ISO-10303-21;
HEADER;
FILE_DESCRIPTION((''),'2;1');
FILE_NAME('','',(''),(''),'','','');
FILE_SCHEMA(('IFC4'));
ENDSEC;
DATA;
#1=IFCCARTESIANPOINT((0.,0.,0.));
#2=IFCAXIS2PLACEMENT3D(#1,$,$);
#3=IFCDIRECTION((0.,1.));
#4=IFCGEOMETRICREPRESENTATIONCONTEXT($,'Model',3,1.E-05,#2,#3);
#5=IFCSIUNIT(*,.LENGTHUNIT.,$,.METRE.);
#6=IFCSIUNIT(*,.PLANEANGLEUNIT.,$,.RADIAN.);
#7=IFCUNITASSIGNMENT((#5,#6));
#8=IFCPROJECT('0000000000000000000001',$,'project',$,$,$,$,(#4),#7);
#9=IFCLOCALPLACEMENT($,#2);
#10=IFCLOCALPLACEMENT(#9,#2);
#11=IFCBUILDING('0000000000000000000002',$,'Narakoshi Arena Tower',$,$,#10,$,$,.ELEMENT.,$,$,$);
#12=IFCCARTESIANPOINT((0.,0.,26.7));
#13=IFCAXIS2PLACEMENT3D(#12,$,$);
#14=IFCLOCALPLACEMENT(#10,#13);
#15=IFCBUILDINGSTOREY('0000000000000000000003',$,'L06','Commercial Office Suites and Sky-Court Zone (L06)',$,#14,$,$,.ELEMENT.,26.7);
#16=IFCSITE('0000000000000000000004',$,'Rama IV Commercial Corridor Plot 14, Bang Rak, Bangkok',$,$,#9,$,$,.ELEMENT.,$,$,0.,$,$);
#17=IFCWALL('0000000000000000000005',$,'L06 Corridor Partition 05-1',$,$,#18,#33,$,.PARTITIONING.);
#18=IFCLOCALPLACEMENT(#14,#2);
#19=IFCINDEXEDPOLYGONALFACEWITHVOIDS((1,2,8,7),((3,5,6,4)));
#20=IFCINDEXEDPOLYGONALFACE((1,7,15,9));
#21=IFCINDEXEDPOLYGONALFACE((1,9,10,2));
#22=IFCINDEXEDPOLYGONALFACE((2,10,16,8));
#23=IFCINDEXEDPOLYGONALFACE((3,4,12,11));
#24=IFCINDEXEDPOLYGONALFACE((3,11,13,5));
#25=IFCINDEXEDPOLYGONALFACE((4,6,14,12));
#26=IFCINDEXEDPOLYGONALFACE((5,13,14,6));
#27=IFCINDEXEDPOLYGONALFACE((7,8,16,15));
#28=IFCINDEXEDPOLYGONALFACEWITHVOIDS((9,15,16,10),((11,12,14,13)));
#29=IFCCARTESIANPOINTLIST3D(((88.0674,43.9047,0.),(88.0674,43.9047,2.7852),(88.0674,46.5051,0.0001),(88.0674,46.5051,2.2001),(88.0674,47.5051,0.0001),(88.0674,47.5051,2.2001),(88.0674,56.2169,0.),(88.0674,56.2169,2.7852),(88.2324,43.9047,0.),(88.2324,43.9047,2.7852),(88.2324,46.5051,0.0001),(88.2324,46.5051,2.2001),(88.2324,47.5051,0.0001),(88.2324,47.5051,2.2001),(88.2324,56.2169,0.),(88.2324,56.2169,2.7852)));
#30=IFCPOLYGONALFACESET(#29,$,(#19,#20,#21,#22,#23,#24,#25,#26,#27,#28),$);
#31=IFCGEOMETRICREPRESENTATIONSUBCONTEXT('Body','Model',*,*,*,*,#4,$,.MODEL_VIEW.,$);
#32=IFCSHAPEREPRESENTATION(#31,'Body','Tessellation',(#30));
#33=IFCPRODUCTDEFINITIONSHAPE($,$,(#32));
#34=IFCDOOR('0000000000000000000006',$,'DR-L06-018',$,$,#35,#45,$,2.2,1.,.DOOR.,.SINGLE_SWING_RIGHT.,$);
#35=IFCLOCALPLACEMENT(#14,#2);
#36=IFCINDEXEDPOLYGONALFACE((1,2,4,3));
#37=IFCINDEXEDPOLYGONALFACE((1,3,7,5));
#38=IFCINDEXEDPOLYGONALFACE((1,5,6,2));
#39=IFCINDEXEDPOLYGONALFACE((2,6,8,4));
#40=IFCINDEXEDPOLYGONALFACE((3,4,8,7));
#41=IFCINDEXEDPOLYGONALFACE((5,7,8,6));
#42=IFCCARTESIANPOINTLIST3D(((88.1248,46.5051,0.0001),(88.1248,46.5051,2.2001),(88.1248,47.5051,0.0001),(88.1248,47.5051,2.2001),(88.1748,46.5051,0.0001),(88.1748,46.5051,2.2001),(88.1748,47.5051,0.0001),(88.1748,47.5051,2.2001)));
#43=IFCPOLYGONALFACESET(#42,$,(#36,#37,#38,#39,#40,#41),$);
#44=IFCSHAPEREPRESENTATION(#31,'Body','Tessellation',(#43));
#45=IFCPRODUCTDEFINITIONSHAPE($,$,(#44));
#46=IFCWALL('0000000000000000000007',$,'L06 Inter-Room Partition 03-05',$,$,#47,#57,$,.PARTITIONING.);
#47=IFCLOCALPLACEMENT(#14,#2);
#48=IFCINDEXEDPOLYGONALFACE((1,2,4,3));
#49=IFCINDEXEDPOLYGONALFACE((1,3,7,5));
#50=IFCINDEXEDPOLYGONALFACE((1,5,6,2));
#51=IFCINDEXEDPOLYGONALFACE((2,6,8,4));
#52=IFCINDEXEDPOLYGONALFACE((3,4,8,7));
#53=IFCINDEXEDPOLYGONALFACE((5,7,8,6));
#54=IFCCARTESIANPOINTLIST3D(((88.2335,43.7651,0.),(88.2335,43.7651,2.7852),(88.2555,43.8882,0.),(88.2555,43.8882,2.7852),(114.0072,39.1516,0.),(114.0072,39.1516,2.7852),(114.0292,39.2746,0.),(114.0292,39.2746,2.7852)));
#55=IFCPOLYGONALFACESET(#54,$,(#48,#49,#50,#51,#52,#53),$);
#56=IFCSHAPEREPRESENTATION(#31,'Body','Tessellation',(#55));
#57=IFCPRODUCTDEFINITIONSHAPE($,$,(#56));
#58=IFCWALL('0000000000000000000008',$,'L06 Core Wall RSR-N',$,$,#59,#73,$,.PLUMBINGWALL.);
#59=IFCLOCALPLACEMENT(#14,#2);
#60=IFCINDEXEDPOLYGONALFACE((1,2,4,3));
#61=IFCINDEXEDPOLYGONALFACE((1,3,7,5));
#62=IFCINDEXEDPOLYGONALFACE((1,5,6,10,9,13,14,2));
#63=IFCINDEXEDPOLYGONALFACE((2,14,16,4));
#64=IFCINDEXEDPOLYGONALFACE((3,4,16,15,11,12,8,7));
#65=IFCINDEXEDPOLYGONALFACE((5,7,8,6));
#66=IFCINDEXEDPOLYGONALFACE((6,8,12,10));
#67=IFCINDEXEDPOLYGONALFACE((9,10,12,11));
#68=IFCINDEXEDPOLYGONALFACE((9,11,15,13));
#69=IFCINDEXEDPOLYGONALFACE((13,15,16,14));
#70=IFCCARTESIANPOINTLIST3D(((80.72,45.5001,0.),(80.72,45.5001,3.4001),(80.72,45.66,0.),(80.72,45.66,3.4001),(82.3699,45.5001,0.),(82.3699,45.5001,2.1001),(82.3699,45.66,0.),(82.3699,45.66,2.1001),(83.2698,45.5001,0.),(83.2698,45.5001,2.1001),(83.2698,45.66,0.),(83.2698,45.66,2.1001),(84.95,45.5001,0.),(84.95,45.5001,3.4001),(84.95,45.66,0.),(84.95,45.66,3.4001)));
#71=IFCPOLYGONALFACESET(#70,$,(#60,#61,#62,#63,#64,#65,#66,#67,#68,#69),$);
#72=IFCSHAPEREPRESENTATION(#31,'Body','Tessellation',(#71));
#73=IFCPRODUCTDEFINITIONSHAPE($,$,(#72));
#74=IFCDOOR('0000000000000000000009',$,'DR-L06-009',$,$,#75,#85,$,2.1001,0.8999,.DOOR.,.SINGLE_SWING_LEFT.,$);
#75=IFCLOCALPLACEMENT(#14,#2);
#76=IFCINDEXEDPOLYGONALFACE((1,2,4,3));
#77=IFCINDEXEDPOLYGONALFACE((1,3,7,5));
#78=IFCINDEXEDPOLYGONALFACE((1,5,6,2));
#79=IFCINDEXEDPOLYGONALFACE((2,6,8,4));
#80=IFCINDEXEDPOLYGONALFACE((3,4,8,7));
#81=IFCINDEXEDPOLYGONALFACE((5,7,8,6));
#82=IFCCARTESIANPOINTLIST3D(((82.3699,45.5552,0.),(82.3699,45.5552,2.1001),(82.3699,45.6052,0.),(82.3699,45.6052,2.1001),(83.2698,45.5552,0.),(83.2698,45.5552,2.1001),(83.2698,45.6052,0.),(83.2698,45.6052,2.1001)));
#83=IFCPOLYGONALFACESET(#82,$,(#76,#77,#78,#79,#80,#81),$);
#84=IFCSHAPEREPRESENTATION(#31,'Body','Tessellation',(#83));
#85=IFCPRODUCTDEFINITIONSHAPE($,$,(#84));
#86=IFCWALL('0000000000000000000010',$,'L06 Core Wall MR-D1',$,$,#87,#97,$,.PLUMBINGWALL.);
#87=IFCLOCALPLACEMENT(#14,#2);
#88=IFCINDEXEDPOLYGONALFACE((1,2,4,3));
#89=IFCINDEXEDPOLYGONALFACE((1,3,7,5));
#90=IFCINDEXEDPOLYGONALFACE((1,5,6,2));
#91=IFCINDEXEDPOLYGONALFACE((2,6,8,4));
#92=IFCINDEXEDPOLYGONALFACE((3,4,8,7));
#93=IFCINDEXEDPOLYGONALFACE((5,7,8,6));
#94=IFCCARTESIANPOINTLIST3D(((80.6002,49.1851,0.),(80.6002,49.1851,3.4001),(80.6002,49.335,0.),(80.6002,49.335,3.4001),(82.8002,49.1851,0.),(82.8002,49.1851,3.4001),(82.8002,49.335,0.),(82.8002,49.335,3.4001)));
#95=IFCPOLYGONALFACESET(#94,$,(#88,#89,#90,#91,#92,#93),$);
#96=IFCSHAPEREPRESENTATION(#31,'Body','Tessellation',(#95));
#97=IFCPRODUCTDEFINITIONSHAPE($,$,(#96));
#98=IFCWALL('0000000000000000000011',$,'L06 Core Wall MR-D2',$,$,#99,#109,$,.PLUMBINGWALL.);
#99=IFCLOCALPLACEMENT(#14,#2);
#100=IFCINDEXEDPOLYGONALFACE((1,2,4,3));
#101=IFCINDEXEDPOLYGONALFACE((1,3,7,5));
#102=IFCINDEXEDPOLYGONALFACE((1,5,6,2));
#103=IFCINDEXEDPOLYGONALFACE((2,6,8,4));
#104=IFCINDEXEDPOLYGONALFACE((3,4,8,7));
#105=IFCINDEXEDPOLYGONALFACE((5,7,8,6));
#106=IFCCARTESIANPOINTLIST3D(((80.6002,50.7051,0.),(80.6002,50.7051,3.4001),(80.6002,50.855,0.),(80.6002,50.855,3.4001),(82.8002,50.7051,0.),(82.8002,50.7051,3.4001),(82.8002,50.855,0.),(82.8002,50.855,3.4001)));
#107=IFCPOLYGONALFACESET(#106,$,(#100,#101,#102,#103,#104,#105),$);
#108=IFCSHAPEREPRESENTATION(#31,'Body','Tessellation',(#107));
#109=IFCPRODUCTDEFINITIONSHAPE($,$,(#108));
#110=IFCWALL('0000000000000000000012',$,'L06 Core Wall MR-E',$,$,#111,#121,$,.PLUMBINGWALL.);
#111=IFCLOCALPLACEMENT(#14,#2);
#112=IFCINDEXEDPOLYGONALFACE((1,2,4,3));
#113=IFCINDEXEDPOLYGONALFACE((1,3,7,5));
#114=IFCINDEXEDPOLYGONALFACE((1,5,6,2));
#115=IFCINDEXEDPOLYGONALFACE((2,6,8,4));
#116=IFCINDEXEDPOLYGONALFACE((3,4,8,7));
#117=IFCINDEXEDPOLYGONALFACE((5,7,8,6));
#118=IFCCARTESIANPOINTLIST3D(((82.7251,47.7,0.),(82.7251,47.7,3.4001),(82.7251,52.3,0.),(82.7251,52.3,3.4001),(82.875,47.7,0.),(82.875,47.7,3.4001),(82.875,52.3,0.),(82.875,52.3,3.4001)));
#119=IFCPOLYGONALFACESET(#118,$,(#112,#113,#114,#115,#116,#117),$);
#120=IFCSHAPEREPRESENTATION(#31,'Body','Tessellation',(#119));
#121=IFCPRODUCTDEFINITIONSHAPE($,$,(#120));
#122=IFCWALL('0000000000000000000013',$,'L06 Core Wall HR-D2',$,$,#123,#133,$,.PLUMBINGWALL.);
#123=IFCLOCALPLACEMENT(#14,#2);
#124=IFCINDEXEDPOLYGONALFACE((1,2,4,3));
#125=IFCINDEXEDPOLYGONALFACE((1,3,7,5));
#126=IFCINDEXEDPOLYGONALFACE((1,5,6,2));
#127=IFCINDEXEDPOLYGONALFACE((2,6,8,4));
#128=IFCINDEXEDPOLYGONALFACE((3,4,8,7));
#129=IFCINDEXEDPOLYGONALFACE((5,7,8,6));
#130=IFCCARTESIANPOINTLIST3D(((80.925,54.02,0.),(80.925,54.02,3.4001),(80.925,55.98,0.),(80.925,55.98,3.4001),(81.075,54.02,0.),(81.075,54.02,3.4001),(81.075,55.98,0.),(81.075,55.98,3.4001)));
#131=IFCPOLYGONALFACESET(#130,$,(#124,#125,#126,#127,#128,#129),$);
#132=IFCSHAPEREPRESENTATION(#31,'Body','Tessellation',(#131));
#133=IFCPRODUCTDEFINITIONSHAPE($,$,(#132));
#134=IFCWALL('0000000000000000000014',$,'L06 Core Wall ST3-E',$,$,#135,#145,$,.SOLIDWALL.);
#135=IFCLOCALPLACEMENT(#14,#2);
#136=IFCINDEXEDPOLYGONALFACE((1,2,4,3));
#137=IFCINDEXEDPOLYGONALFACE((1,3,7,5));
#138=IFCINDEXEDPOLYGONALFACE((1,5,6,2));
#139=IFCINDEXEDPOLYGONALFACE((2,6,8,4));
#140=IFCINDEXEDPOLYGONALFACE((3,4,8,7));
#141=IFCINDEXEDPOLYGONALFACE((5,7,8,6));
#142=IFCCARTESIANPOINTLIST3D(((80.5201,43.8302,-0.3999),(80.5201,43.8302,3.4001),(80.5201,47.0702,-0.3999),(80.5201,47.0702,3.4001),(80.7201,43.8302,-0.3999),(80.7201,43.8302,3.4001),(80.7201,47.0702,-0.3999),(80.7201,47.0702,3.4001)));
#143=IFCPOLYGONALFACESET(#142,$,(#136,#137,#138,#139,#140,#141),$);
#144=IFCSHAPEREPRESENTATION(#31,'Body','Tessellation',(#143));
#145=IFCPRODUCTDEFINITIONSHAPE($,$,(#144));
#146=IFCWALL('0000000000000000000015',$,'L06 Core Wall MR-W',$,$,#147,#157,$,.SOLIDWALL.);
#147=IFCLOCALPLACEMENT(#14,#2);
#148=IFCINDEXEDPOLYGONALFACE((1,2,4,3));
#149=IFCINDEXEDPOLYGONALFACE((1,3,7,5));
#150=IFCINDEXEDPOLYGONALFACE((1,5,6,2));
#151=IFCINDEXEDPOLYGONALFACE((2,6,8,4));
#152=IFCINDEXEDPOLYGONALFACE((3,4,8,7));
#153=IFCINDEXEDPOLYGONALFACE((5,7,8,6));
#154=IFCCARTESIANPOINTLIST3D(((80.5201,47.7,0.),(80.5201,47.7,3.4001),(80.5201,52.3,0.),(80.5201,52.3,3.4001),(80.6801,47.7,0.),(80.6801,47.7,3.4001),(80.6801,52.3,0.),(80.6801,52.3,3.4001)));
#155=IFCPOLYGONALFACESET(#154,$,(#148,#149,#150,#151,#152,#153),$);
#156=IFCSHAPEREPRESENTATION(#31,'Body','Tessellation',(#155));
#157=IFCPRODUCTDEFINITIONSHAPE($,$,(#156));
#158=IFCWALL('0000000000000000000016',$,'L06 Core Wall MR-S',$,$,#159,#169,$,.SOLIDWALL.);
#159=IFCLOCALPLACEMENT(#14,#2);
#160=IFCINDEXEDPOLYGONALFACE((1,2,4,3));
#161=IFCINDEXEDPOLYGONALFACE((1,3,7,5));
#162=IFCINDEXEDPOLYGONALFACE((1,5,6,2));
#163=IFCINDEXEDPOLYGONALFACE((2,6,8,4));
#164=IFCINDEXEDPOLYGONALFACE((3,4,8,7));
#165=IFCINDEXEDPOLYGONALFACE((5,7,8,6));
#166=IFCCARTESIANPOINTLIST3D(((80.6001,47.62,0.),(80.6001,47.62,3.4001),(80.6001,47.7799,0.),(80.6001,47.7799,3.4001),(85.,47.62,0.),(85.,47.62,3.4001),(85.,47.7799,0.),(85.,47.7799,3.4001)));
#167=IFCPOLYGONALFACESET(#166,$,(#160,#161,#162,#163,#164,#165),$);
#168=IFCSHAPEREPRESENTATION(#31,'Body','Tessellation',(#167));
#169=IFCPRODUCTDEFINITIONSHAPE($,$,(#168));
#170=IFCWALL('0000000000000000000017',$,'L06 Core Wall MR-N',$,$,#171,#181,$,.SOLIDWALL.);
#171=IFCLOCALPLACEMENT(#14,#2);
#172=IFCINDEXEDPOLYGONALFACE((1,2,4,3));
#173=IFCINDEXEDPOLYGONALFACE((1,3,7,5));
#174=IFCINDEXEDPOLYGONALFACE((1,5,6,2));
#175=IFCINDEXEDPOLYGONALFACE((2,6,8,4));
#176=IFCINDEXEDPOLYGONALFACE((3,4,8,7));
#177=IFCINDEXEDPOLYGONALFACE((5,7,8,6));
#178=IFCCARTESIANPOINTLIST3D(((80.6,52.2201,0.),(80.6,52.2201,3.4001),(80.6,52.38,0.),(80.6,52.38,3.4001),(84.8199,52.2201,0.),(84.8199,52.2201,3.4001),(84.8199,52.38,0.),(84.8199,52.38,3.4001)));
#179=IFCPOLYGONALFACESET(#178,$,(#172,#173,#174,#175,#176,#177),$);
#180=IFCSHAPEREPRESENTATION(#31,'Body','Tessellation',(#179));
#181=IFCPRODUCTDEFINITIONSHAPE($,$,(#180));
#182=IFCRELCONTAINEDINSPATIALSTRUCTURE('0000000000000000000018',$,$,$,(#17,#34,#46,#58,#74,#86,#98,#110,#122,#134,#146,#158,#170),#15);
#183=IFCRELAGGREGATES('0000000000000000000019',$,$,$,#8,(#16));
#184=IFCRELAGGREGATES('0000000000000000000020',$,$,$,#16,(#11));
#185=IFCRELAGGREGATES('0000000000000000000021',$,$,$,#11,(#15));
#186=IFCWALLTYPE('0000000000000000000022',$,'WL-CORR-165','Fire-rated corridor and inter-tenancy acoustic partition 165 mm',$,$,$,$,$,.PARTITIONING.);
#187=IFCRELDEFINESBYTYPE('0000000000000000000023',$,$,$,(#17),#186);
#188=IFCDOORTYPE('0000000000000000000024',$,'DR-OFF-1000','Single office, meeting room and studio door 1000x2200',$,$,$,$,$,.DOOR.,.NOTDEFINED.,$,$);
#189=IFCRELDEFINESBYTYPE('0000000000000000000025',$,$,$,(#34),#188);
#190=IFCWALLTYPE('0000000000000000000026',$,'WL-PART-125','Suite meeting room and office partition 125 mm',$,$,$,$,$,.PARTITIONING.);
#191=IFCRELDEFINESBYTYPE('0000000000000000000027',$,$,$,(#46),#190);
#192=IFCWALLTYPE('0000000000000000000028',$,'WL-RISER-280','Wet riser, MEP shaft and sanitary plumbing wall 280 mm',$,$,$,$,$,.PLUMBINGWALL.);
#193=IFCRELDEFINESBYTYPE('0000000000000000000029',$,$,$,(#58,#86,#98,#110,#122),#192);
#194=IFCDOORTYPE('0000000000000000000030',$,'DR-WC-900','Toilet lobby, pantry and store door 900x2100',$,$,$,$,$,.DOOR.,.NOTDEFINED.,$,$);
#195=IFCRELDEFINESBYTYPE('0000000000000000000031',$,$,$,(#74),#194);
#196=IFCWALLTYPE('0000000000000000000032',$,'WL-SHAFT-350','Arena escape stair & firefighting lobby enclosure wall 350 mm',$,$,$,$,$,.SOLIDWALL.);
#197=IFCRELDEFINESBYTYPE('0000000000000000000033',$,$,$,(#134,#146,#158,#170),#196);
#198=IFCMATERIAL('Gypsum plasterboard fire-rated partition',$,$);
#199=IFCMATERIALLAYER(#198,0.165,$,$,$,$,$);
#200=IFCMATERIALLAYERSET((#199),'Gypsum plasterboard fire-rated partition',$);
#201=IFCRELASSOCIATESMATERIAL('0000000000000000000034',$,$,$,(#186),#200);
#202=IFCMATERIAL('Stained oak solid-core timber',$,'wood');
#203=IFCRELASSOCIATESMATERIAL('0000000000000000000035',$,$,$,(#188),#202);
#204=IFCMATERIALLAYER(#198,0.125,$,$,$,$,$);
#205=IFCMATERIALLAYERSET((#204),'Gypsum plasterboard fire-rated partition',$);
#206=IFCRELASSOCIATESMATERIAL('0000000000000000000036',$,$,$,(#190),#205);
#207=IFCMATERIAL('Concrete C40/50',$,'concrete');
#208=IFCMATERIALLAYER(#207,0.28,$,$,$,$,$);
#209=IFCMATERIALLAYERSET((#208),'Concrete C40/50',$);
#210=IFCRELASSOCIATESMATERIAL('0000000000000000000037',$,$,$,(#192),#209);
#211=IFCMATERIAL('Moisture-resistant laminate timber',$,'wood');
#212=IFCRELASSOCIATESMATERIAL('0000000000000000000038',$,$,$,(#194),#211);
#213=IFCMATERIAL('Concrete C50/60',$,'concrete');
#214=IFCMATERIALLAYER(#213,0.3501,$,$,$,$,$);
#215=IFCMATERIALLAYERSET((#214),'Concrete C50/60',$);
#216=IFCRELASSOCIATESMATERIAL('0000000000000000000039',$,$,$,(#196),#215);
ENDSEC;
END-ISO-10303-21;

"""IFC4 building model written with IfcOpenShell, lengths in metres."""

from ifc_helpers import new_model, si_unit, direction, frame, frame_2d, origin, place, context, subcontext, project, spatial, rectangle, extrude, material, layer, layer_set, type_object, element, fill, save


model = new_model("IFC4")

# Units and contexts
model_context = context("Model", 3, precision=1e-05, world=origin(), true_north=direction((0.0, 1.0)))
body_context = subcontext(model_context, "Body", "Model", "MODEL_VIEW")
ifc_project = project(units=[si_unit("LENGTHUNIT", "METRE"), si_unit("PLANEANGLEUNIT", "RADIAN")], contexts=[model_context])

# Site, building, storey
site_placement = place(None, origin())
site = spatial("IfcSite", under=ifc_project, at=site_placement, Name="Rama IV Commercial Corridor Plot 14, Bang Rak, Bangkok", CompositionType="ELEMENT", RefElevation=0.0)
building_placement = place(site_placement, origin())
building = spatial("IfcBuilding", under=site, at=building_placement, Name="Narakoshi Arena Tower", CompositionType="ELEMENT")
storey_placement = place(building_placement, frame((0.0, 0.0, 26.7)))
storey = spatial("IfcBuildingStorey", under=building, at=storey_placement, Name="L06", Description="Commercial Office Suites and Sky-Court Zone (L06)", CompositionType="ELEMENT", Elevation=26.7)

# Wall, opening, door
ifc_material_1 = material(Name="Gypsum plasterboard fire-rated partition")
ifc_layer_1 = layer(ifc_material_1, 0.165)
ifc_layer_set_1 = layer_set([ifc_layer_1], Name="Gypsum plasterboard fire-rated partition")
wall_type_1 = type_object("IfcWallType", Name="WL-CORR-165", Description="Fire-rated corridor and inter-tenancy acoustic partition 165 mm", PredefinedType="PARTITIONING", material=ifc_layer_set_1)
ifc_material_2 = material(Name="Stained oak solid-core timber", Category="wood")
door_type_1 = type_object("IfcDoorType", Name="DR-OFF-1000", Description="Single office, meeting room and studio door 1000x2200", OperationType="NOTDEFINED", PredefinedType="DOOR", material=ifc_material_2)
wall_1_placement = place(storey_placement, frame((88.1499, 43.9045, 0.0), z_axis=(0.0, 0.0, 1.0), x_axis=(0.0, 1.0, 0.0)))
wall_1 = element("IfcWall", 1, at=wall_1_placement, inside=storey, type_object=wall_type_1, Name="L06 Corridor Partition 05-1", PredefinedType="PARTITIONING", context=body_context, shape_type="SweptSolid", body=[
    extrude(rectangle(XDim=12.3123, YDim=0.165, at=frame_2d((6.1562, 0.0))), origin(), (0.0, 0.0, 1.0), 2.7852),
])
opening_1_placement = place(wall_1_placement, frame((2.6006, 0.0, 0.0)))
opening_1 = element("IfcOpeningElement", 2, at=opening_1_placement, cuts=wall_1, PredefinedType="OPENING", context=body_context, shape_type="SweptSolid", body=[
    extrude(rectangle(XDim=1.0, YDim=2.2, at=frame_2d((0.5, 1.1001))), frame((0.0, 0.0925, 0.0), z_axis=(0.0, -1.0, 0.0), x_axis=(1.0, 0.0, 0.0)), (0.0, 0.0, 1.0), 0.1851),
])
door_1_placement = place(opening_1_placement, frame((1.0, 0.0, 0.0), z_axis=(0.0, 0.0, 1.0), x_axis=(-1.0, 0.0, 0.0)))
door_1 = element("IfcDoor", 3, at=door_1_placement, inside=storey, type_object=door_type_1, Name="DR-L06-018", OperationType="SINGLE_SWING_RIGHT", OverallHeight=2.2, OverallWidth=1.0, PredefinedType="DOOR", context=body_context, shape_type="SweptSolid", body=[
    extrude(rectangle(XDim=1.0, YDim=2.2, at=frame_2d((0.5, 1.1001))), frame((0.0, 0.0249, 0.0), z_axis=(0.0, -1.0, 0.0), x_axis=(1.0, 0.0, 0.0)), (0.0, 0.0, 1.0), 0.05),
])
fill(opening_1, door_1)

# Wall
ifc_layer_2 = layer(ifc_material_1, 0.125)
ifc_layer_set_2 = layer_set([ifc_layer_2], Name="Gypsum plasterboard fire-rated partition")
wall_type_2 = type_object("IfcWallType", Name="WL-PART-125", Description="Suite meeting room and office partition 125 mm", PredefinedType="PARTITIONING", material=ifc_layer_set_2)
wall_2_placement = place(storey_placement, frame((88.2444, 43.8267, 0.0), z_axis=(0.0, 0.0, 1.0), x_axis=(0.984354, -0.176201, 0.0)))
element("IfcWall", 4, at=wall_2_placement, inside=storey, type_object=wall_type_2, Name="L06 Inter-Room Partition 03-05", PredefinedType="PARTITIONING", context=body_context, shape_type="SweptSolid", body=[
    extrude(rectangle(XDim=26.1833, YDim=0.125, at=frame_2d((13.0918, 0.0))), origin(), (0.0, 0.0, 1.0), 2.7852),
])

# Wall, opening, door
ifc_material_3 = material(Name="Concrete C40/50", Category="concrete")
ifc_layer_3 = layer(ifc_material_3, 0.28)
ifc_layer_set_3 = layer_set([ifc_layer_3], Name="Concrete C40/50")
wall_type_3 = type_object("IfcWallType", Name="WL-RISER-280", Description="Wet riser, MEP shaft and sanitary plumbing wall 280 mm", PredefinedType="PLUMBINGWALL", material=ifc_layer_set_3)
wall_3_placement = place(storey_placement, frame((80.72, 45.5801, 0.0), z_axis=(0.0, 0.0, 1.0), x_axis=(1.0, 0.0, 0.0)))
wall_3 = element("IfcWall", 5, at=wall_3_placement, inside=storey, type_object=wall_type_3, Name="L06 Core Wall RSR-N", PredefinedType="PLUMBINGWALL", context=body_context, shape_type="SweptSolid", body=[
    extrude(rectangle(XDim=4.23, YDim=0.1599, at=frame_2d((2.115, 0.0))), origin(), (0.0, 0.0, 1.0), 3.4001),
])
opening_2_placement = place(wall_3_placement, frame((1.6499, 0.0, 0.0)))
opening_2 = element("IfcOpeningElement", 6, at=opening_2_placement, cuts=wall_3, PredefinedType="OPENING", context=body_context, shape_type="SweptSolid", body=[
    extrude(rectangle(XDim=0.8999, YDim=2.1001, at=frame_2d((0.45, 1.05))), frame((0.0, 0.0898, 0.0), z_axis=(0.0, -1.0, 0.0), x_axis=(1.0, 0.0, 0.0)), (0.0, 0.0, 1.0), 0.1799),
])
ifc_material_4 = material(Name="Moisture-resistant laminate timber", Category="wood")
door_type_2 = type_object("IfcDoorType", Name="DR-WC-900", Description="Toilet lobby, pantry and store door 900x2100", OperationType="NOTDEFINED", PredefinedType="DOOR", material=ifc_material_4)
door_2_placement = place(opening_2_placement, frame((0.8999, 0.0, 0.0), z_axis=(0.0, 0.0, 1.0), x_axis=(-1.0, 0.0, 0.0)))
door_2 = element("IfcDoor", 7, at=door_2_placement, inside=storey, type_object=door_type_2, Name="DR-L06-009", OperationType="SINGLE_SWING_LEFT", OverallHeight=2.1001, OverallWidth=0.8999, PredefinedType="DOOR", context=body_context, shape_type="SweptSolid", body=[
    extrude(rectangle(XDim=0.8999, YDim=2.1001, at=frame_2d((0.45, 1.05))), frame((0.0, 0.0249, 0.0), z_axis=(0.0, -1.0, 0.0), x_axis=(1.0, 0.0, 0.0)), (0.0, 0.0, 1.0), 0.05),
])
fill(opening_2, door_2)

# Walls
for number, where, z_axis, x_axis, name in (
    (8, (80.6001, 49.26, 0.0), (0.0, 0.0, 1.0), (1.0, 0.0, 0.0), "L06 Core Wall MR-D1"),
    (9, (80.6001, 50.78, 0.0), (0.0, 0.0, 1.0), (1.0, 0.0, 0.0), "L06 Core Wall MR-D2"),
):
    element("IfcWall", number, at=place(storey_placement, frame(where, z_axis=z_axis, x_axis=x_axis)), inside=storey, type_object=wall_type_3, Name=name, PredefinedType="PLUMBINGWALL", context=body_context, shape_type="SweptSolid", body=[
        extrude(rectangle(XDim=2.2, YDim=0.1499, at=frame_2d((1.1001, 0.0))), origin(), (0.0, 0.0, 1.0), 3.4001),
    ])
wall_4_placement = place(storey_placement, frame((82.8, 47.7, 0.0), z_axis=(0.0, 0.0, 1.0), x_axis=(0.0, 1.0, 0.0)))
element("IfcWall", 10, at=wall_4_placement, inside=storey, type_object=wall_type_3, Name="L06 Core Wall MR-E", PredefinedType="PLUMBINGWALL", context=body_context, shape_type="SweptSolid", body=[
    extrude(rectangle(XDim=4.6001, YDim=0.1499, at=frame_2d((2.3, 0.0))), origin(), (0.0, 0.0, 1.0), 3.4001),
])
wall_5_placement = place(storey_placement, frame((81.0, 54.02, 0.0), z_axis=(0.0, 0.0, 1.0), x_axis=(0.0, 1.0, 0.0)))
element("IfcWall", 11, at=wall_5_placement, inside=storey, type_object=wall_type_3, Name="L06 Core Wall HR-D2", PredefinedType="PLUMBINGWALL", context=body_context, shape_type="SweptSolid", body=[
    extrude(rectangle(XDim=1.96, YDim=0.1499, at=frame_2d((0.98, 0.0))), origin(), (0.0, 0.0, 1.0), 3.4001),
])
ifc_material_5 = material(Name="Concrete C50/60", Category="concrete")
ifc_layer_4 = layer(ifc_material_5, 0.3501)
ifc_layer_set_4 = layer_set([ifc_layer_4], Name="Concrete C50/60")
wall_type_4 = type_object("IfcWallType", Name="WL-SHAFT-350", Description="Arena escape stair & firefighting lobby enclosure wall 350 mm", PredefinedType="SOLIDWALL", material=ifc_layer_set_4)
wall_6_placement = place(storey_placement, frame((80.6201, 43.8301, -0.3999), z_axis=(0.0, 0.0, 1.0), x_axis=(0.0, 1.0, 0.0)))
element("IfcWall", 12, at=wall_6_placement, inside=storey, type_object=wall_type_4, Name="L06 Core Wall ST3-E", PredefinedType="SOLIDWALL", context=body_context, shape_type="SweptSolid", body=[
    extrude(rectangle(XDim=3.24, YDim=0.2, at=frame_2d((1.6201, 0.0))), origin(), (0.0, 0.0, 1.0), 3.8),
])
wall_7_placement = place(storey_placement, frame((80.6001, 47.7, 0.0), z_axis=(0.0, 0.0, 1.0), x_axis=(0.0, 1.0, 0.0)))
element("IfcWall", 13, at=wall_7_placement, inside=storey, type_object=wall_type_4, Name="L06 Core Wall MR-W", PredefinedType="SOLIDWALL", context=body_context, shape_type="SweptSolid", body=[
    extrude(rectangle(XDim=4.6001, YDim=0.1599, at=frame_2d((2.3, 0.0))), origin(), (0.0, 0.0, 1.0), 3.4001),
])
wall_8_placement = place(storey_placement, frame((80.6001, 47.7, 0.0), z_axis=(0.0, 0.0, 1.0), x_axis=(1.0, 0.0, 0.0)))
element("IfcWall", 14, at=wall_8_placement, inside=storey, type_object=wall_type_4, Name="L06 Core Wall MR-S", PredefinedType="SOLIDWALL", context=body_context, shape_type="SweptSolid", body=[
    extrude(rectangle(XDim=4.3999, YDim=0.1599, at=frame_2d((2.2, 0.0))), origin(), (0.0, 0.0, 1.0), 3.4001),
])
wall_9_placement = place(storey_placement, frame((80.6001, 52.3, 0.0), z_axis=(0.0, 0.0, 1.0), x_axis=(1.0, 0.0, 0.0)))
element("IfcWall", 15, at=wall_9_placement, inside=storey, type_object=wall_type_4, Name="L06 Core Wall MR-N", PredefinedType="SOLIDWALL", context=body_context, shape_type="SweptSolid", body=[
    extrude(rectangle(XDim=4.22, YDim=0.1599, at=frame_2d((2.1099, 0.0))), origin(), (0.0, 0.0, 1.0), 3.4001),
])

save(model, "model.ifc")
